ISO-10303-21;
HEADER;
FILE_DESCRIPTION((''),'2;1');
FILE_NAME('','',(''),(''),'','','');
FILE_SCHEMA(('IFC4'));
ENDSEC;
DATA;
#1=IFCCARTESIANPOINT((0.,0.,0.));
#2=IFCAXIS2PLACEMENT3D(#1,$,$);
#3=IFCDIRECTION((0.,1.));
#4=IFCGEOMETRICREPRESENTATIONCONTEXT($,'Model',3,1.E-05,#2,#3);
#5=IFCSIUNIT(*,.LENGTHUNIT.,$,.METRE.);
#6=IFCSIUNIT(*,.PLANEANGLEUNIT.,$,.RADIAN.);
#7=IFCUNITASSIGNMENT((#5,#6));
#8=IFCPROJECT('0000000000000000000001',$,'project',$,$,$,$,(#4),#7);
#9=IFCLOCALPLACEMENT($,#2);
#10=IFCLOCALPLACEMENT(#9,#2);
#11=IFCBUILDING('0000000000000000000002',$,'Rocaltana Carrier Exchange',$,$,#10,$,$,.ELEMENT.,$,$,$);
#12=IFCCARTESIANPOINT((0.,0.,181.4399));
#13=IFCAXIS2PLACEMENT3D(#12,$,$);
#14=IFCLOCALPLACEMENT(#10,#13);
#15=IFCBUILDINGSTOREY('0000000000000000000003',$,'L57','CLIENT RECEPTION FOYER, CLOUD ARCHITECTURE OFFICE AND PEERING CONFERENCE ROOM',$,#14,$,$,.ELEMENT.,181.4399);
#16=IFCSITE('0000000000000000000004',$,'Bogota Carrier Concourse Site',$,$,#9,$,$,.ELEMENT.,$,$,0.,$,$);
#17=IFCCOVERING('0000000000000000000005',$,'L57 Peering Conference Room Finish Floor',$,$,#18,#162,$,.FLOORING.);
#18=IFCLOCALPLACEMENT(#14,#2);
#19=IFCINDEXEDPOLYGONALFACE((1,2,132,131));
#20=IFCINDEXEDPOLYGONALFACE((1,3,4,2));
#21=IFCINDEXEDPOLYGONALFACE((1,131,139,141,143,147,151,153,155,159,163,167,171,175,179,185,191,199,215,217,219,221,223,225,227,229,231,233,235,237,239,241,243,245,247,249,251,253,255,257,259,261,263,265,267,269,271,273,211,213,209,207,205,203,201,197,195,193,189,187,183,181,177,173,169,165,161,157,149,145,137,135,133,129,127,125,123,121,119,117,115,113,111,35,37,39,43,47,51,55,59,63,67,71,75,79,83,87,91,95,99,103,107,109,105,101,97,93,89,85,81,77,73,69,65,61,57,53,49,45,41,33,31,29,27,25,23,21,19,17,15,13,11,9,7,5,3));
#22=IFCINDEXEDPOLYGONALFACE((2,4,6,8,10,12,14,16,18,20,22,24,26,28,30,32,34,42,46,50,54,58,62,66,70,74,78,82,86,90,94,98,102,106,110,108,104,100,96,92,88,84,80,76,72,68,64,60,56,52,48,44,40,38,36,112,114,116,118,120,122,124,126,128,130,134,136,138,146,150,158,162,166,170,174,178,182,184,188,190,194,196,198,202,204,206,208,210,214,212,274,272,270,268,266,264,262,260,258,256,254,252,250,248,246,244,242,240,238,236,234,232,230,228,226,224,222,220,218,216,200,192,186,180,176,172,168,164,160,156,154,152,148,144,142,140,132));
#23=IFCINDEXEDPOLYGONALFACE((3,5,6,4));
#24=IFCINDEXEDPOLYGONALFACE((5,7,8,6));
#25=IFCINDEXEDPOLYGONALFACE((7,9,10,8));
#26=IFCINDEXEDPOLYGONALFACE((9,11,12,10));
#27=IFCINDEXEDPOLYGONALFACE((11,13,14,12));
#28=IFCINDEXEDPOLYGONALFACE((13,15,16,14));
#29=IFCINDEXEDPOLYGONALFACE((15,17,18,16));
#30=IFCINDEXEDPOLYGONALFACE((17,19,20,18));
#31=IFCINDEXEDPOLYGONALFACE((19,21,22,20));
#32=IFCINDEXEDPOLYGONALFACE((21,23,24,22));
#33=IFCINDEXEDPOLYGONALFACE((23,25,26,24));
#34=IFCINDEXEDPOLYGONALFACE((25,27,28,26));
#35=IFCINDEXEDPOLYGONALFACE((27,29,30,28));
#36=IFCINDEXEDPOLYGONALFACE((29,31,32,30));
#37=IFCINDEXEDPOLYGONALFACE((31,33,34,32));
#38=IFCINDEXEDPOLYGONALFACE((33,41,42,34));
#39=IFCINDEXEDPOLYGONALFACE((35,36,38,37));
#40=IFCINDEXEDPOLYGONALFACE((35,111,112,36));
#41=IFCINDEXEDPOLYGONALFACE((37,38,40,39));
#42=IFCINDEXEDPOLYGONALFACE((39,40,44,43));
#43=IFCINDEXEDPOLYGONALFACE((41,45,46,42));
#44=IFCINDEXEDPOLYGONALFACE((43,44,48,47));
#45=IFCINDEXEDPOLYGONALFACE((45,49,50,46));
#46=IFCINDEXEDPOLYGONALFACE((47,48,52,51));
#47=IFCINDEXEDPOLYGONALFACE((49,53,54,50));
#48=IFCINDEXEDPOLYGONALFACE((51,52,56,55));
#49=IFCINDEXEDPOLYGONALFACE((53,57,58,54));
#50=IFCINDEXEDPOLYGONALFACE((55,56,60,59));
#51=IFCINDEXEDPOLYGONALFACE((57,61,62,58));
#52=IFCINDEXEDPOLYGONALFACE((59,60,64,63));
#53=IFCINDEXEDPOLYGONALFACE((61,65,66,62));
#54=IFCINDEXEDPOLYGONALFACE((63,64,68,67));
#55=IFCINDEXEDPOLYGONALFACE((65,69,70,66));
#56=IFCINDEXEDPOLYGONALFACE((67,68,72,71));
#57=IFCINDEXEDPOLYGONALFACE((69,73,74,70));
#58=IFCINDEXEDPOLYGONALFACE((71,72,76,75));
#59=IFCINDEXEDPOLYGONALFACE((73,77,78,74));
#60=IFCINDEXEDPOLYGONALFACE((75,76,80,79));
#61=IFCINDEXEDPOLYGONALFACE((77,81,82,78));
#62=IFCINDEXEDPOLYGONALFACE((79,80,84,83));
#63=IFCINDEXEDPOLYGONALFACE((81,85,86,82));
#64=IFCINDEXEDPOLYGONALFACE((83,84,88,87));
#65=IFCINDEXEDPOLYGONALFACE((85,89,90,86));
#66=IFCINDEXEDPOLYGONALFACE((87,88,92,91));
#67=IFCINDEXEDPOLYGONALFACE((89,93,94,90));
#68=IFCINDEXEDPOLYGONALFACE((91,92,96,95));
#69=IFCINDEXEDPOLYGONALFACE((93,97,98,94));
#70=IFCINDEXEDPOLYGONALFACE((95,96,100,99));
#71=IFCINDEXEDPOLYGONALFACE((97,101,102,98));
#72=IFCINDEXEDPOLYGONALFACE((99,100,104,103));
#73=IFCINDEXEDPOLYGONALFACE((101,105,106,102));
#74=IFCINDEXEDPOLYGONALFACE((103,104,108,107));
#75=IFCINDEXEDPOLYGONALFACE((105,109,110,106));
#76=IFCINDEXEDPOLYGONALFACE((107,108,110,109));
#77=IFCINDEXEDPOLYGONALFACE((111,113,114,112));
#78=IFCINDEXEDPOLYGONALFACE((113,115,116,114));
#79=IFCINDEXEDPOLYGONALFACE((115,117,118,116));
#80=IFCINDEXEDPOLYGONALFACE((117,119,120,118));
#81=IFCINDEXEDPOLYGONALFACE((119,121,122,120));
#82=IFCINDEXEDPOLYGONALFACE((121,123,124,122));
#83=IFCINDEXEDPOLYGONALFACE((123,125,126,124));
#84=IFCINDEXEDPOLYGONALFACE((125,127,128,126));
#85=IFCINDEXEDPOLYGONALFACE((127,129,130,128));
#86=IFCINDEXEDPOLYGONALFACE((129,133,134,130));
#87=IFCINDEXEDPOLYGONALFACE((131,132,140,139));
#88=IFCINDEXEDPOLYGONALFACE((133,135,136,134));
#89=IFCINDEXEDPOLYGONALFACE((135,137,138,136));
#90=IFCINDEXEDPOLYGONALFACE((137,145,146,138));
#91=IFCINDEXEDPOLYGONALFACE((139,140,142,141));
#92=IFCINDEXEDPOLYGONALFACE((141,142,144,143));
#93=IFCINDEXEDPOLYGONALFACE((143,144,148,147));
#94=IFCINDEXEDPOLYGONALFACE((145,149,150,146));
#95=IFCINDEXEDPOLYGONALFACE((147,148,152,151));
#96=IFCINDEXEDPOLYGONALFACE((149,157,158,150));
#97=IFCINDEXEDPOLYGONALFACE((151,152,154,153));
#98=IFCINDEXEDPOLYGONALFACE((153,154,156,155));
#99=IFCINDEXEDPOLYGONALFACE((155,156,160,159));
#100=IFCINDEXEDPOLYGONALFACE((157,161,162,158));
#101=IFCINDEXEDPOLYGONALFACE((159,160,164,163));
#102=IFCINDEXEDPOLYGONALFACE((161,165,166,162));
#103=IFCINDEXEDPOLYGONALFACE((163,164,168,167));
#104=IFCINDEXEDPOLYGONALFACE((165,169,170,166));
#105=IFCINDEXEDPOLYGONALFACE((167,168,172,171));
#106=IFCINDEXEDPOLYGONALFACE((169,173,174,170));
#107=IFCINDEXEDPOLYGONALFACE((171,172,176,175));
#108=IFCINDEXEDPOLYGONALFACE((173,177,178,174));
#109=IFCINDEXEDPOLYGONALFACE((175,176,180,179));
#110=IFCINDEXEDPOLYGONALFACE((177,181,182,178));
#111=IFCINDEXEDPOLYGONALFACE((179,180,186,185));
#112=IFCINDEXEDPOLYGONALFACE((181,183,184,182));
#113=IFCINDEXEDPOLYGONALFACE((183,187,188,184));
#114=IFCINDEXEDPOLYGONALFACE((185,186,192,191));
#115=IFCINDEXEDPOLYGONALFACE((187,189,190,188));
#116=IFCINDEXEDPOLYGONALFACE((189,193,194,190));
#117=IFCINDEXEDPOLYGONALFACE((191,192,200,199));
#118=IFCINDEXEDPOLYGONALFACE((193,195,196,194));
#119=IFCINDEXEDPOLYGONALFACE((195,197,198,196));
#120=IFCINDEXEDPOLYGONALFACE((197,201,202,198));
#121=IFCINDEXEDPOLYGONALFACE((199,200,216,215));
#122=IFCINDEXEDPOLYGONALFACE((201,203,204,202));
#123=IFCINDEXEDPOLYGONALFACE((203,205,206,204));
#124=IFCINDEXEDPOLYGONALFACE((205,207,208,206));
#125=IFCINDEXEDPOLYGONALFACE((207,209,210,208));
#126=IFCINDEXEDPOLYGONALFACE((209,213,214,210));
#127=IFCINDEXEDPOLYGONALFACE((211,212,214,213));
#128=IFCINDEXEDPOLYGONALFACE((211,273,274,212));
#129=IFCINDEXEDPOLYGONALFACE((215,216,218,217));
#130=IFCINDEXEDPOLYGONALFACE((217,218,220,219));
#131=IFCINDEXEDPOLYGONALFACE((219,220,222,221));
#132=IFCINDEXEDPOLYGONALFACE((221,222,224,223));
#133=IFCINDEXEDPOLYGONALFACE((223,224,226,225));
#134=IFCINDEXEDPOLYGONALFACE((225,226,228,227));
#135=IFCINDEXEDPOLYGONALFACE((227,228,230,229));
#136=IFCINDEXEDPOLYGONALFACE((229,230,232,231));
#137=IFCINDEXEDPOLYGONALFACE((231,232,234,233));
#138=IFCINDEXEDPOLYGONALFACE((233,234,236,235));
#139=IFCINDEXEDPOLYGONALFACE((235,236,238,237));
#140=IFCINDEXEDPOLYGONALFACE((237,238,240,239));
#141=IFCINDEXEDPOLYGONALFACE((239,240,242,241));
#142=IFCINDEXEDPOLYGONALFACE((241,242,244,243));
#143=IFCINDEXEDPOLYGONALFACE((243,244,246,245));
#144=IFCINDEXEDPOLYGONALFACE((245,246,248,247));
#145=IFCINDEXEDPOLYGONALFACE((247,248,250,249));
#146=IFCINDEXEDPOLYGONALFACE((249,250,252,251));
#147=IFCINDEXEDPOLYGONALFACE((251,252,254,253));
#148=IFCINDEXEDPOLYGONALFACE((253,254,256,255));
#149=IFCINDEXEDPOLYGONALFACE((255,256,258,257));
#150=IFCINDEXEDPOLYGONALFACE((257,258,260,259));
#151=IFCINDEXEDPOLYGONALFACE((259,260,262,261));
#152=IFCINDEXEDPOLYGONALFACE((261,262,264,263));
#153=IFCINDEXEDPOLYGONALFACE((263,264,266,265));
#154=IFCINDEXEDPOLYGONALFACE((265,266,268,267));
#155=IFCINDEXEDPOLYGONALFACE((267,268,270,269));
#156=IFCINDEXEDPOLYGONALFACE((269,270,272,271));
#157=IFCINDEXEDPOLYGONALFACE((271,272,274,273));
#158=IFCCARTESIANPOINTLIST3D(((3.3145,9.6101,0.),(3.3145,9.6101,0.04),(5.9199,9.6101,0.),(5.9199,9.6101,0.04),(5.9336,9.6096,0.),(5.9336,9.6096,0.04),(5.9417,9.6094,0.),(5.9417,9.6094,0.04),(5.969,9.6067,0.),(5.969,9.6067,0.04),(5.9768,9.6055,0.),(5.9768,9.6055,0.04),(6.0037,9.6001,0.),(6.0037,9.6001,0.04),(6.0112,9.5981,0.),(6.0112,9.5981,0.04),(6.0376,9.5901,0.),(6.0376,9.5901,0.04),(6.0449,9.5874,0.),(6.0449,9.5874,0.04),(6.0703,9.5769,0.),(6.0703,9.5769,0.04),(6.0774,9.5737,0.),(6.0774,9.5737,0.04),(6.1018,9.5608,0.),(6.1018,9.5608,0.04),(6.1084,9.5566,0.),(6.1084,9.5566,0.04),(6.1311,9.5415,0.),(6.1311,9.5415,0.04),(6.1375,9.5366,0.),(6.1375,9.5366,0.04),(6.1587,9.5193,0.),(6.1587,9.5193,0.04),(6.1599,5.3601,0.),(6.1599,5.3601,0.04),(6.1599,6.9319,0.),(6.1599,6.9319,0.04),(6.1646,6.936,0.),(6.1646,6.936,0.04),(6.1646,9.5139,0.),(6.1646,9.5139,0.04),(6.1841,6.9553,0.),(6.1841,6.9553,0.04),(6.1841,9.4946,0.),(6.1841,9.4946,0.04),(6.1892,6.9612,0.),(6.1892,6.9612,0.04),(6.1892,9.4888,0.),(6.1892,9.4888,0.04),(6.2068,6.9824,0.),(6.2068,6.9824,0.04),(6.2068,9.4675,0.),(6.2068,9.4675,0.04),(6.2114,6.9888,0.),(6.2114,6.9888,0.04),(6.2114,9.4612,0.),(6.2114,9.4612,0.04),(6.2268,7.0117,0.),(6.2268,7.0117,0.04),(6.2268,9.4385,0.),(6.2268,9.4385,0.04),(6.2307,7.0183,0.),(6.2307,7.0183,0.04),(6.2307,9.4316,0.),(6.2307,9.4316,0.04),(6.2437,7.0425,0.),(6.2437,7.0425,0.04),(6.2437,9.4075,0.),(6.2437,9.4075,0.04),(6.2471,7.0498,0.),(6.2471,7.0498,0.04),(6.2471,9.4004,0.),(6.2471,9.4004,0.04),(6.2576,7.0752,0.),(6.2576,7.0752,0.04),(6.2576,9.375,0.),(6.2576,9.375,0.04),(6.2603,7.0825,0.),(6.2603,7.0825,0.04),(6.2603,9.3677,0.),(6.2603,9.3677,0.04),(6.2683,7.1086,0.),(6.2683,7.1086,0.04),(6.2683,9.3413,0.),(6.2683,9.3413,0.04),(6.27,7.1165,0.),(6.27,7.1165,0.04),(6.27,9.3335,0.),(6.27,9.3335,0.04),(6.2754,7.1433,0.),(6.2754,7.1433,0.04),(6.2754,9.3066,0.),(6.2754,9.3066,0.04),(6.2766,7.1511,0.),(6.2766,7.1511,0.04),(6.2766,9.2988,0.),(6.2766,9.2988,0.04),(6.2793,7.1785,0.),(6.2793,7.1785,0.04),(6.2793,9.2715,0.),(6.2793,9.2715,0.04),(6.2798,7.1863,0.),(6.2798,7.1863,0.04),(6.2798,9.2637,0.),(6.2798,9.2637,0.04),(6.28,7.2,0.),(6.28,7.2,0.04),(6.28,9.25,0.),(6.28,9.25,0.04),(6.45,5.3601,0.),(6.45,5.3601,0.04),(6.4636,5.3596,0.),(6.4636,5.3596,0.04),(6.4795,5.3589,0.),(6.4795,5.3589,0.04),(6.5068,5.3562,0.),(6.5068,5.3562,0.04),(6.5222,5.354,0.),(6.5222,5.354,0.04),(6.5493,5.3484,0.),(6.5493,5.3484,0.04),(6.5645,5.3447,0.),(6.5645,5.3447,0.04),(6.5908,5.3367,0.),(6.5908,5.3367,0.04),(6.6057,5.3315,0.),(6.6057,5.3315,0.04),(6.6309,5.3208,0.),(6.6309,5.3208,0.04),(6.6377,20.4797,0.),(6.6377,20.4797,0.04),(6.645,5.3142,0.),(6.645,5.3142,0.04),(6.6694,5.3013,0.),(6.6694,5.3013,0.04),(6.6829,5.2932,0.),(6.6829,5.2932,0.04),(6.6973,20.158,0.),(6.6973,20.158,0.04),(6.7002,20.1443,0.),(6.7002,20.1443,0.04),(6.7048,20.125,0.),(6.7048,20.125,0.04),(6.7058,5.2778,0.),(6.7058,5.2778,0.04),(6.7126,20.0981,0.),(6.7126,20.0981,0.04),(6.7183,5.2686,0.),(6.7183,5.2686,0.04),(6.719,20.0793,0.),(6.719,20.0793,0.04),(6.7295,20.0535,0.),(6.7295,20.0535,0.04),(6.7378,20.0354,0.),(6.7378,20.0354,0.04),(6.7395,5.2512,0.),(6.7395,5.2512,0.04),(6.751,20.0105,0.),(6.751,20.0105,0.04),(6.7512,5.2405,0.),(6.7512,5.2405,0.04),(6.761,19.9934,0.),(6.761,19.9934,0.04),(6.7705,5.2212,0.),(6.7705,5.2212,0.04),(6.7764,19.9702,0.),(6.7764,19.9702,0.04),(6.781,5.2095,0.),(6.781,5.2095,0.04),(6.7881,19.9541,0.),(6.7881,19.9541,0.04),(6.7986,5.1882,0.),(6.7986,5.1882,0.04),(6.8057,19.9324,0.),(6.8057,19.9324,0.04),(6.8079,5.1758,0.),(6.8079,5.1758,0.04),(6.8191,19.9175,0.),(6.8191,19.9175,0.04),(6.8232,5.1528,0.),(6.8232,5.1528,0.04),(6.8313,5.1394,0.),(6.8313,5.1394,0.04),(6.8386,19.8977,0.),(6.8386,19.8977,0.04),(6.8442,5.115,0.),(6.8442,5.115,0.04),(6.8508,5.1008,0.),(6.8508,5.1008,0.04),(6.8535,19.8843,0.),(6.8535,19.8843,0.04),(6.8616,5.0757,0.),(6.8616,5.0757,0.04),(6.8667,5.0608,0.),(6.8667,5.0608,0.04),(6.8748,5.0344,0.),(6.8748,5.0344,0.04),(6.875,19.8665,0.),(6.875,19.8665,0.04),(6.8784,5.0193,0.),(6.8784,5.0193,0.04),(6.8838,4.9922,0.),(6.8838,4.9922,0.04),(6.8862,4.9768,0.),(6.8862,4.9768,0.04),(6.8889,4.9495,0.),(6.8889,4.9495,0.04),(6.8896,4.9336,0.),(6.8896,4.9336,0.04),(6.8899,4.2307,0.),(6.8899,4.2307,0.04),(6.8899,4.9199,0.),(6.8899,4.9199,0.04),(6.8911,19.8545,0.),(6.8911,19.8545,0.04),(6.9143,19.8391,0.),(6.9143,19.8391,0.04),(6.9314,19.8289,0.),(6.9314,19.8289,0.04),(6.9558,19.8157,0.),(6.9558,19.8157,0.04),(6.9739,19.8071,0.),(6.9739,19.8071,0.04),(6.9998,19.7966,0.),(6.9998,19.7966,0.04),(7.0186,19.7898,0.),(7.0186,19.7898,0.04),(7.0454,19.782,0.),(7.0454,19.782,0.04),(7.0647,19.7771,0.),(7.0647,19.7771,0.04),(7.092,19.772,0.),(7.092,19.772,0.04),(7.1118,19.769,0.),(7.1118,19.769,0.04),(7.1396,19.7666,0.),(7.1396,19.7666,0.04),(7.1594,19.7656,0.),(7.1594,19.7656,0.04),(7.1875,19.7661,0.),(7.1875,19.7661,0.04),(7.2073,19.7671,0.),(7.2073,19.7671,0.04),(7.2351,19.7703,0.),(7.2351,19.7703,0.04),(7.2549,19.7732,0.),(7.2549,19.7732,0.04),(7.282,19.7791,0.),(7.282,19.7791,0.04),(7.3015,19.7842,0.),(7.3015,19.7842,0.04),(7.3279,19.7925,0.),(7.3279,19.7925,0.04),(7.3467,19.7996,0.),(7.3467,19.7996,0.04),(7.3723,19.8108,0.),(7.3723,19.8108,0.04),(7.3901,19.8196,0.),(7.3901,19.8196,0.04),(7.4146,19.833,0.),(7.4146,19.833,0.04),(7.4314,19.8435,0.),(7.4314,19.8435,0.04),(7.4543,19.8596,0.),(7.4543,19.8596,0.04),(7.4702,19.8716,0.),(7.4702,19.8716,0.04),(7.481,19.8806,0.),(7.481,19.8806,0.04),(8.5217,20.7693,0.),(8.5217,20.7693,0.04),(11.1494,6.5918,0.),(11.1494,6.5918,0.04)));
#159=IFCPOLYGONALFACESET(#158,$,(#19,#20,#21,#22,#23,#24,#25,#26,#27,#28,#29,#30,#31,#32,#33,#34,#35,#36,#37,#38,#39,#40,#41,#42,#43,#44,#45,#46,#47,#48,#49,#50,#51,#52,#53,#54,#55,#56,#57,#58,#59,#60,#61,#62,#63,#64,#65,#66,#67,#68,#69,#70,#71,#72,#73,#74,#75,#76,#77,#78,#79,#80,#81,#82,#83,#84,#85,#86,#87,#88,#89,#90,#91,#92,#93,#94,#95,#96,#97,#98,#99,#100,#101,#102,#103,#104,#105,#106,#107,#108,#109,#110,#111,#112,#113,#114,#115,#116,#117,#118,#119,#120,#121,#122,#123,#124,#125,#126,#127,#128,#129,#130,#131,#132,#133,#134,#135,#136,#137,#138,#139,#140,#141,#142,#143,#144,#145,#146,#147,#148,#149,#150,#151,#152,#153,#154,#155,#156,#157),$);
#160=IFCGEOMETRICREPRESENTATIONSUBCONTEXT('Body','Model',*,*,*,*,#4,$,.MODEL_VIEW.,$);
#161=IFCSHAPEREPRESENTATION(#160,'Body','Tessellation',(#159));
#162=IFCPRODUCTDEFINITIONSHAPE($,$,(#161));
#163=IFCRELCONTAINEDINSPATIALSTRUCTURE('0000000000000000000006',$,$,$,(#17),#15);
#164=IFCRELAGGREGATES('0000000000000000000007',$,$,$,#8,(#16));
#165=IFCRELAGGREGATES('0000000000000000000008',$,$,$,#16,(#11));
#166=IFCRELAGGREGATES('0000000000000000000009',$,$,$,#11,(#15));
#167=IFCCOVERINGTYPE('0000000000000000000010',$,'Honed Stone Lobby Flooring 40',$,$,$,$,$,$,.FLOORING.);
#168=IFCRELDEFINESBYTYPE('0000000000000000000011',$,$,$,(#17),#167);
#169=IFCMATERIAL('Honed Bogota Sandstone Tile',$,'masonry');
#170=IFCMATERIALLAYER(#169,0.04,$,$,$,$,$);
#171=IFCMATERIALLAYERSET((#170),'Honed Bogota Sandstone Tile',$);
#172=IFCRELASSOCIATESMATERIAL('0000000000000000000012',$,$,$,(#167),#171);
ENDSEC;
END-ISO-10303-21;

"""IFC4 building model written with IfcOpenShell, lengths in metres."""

from ifc_helpers import new_model, si_unit, direction, frame, origin, place, context, subcontext, project, spatial, polyline, outline, extrude, material, layer, layer_set, type_object, element, save


model = new_model("IFC4")

# Units and contexts
model_context = context("Model", 3, precision=1e-05, world=origin(), true_north=direction((0.0, 1.0)))
body_context = subcontext(model_context, "Body", "Model", "MODEL_VIEW")
ifc_project = project(units=[si_unit("LENGTHUNIT", "METRE"), si_unit("PLANEANGLEUNIT", "RADIAN")], contexts=[model_context])

# Site, building, storey
site_placement = place(None, origin())
site = spatial("IfcSite", under=ifc_project, at=site_placement, Name="Bogota Carrier Concourse Site", CompositionType="ELEMENT", RefElevation=0.0)
building_placement = place(site_placement, origin())
building = spatial("IfcBuilding", under=site, at=building_placement, Name="Rocaltana Carrier Exchange", CompositionType="ELEMENT")
storey_placement = place(building_placement, frame((0.0, 0.0, 181.4399)))
storey = spatial("IfcBuildingStorey", under=building, at=storey_placement, Name="L57", Description="CLIENT RECEPTION FOYER, CLOUD ARCHITECTURE OFFICE AND PEERING CONFERENCE ROOM", CompositionType="ELEMENT", Elevation=181.4399)

# Covering
ifc_material_1 = material(Name="Honed Bogota Sandstone Tile", Category="masonry")
ifc_layer_1 = layer(ifc_material_1, 0.04)
ifc_layer_set_1 = layer_set([ifc_layer_1], Name="Honed Bogota Sandstone Tile")
covering_type_1 = type_object("IfcCoveringType", Name="Honed Stone Lobby Flooring 40", PredefinedType="FLOORING", material=ifc_layer_set_1)
covering_1_placement = place(storey_placement, origin())
element("IfcCovering", 1, at=covering_1_placement, inside=storey, type_object=covering_type_1, Name="L57 Peering Conference Room Finish Floor", PredefinedType="FLOORING", context=body_context, shape_type="SweptSolid", body=[
    extrude(outline(polyline([(6.1599, 6.9319), (6.1646, 6.936), (6.1841, 6.9553), (6.1892, 6.9612), (6.2068, 6.9824), (6.2114, 6.9888), (6.2268, 7.0117), (6.2307, 7.0183), (6.2437, 7.0425), (6.2471, 7.0498), (6.2576, 7.0752), (6.2603, 7.0825), (6.2683, 7.1086), (6.27, 7.1165), (6.2754, 7.1433), (6.2766, 7.1511), (6.2793, 7.1785), (6.2798, 7.1863), (6.28, 7.2), (6.28, 9.25), (6.2798, 9.2637), (6.2793, 9.2715), (6.2766, 9.2988), (6.2754, 9.3066), (6.27, 9.3335), (6.2683, 9.3413), (6.2603, 9.3677), (6.2576, 9.375), (6.2471, 9.4004), (6.2437, 9.4075), (6.2307, 9.4316), (6.2268, 9.4385), (6.2114, 9.4612), (6.2068, 9.4675), (6.1892, 9.4888), (6.1841, 9.4946), (6.1646, 9.5139), (6.1587, 9.5193), (6.1375, 9.5366), (6.1311, 9.5415), (6.1084, 9.5566), (6.1018, 9.5608), (6.0774, 9.5737), (6.0703, 9.5769), (6.0449, 9.5874), (6.0376, 9.5901), (6.0112, 9.5981), (6.0037, 9.6001), (5.9768, 9.6055), (5.969, 9.6067), (5.9417, 9.6094), (5.9336, 9.6096), (5.9199, 9.6101), (3.3145, 9.6101), (6.6377, 20.4797), (6.6973, 20.158), (6.7002, 20.1443), (6.7048, 20.125), (6.7126, 20.0981), (6.719, 20.0793), (6.7295, 20.0535), (6.7378, 20.0354), (6.751, 20.0105), (6.761, 19.9934), (6.7764, 19.9702), (6.7881, 19.9541), (6.8057, 19.9324), (6.8191, 19.9175), (6.8386, 19.8977), (6.8535, 19.8843), (6.875, 19.8665), (6.8911, 19.8545), (6.9143, 19.8391), (6.9314, 19.8289), (6.9558, 19.8157), (6.9739, 19.8071), (6.9998, 19.7966), (7.0186, 19.7898), (7.0454, 19.782), (7.0647, 19.7771), (7.092, 19.772), (7.1118, 19.769), (7.1396, 19.7666), (7.1594, 19.7656), (7.1875, 19.7661), (7.2073, 19.7671), (7.2351, 19.7703), (7.2549, 19.7732), (7.282, 19.7791), (7.3015, 19.7842), (7.3279, 19.7925), (7.3467, 19.7996), (7.3723, 19.8108), (7.3901, 19.8196), (7.4146, 19.833), (7.4314, 19.8435), (7.4543, 19.8596), (7.4702, 19.8716), (7.481, 19.8806), (8.5217, 20.7693), (11.1494, 6.5918), (6.8899, 4.2307), (6.8899, 4.9199), (6.8896, 4.9336), (6.8889, 4.9495), (6.8862, 4.9768), (6.8838, 4.9922), (6.8784, 5.0193), (6.8748, 5.0344), (6.8667, 5.0608), (6.8616, 5.0757), (6.8508, 5.1008), (6.8442, 5.115), (6.8313, 5.1394), (6.8232, 5.1528), (6.8079, 5.1758), (6.7986, 5.1882), (6.781, 5.2095), (6.7705, 5.2212), (6.7512, 5.2405), (6.7395, 5.2512), (6.7183, 5.2686), (6.7058, 5.2778), (6.6829, 5.2932), (6.6694, 5.3013), (6.645, 5.3142), (6.6309, 5.3208), (6.6057, 5.3315), (6.5908, 5.3367), (6.5645, 5.3447), (6.5493, 5.3484), (6.5222, 5.354), (6.5068, 5.3562), (6.4795, 5.3589), (6.4636, 5.3596), (6.45, 5.3601), (6.1599, 5.3601), (6.1599, 6.9319)])), origin(), (0.0, 0.0, 1.0), 0.04),
])

save(model, "model.ifc")
